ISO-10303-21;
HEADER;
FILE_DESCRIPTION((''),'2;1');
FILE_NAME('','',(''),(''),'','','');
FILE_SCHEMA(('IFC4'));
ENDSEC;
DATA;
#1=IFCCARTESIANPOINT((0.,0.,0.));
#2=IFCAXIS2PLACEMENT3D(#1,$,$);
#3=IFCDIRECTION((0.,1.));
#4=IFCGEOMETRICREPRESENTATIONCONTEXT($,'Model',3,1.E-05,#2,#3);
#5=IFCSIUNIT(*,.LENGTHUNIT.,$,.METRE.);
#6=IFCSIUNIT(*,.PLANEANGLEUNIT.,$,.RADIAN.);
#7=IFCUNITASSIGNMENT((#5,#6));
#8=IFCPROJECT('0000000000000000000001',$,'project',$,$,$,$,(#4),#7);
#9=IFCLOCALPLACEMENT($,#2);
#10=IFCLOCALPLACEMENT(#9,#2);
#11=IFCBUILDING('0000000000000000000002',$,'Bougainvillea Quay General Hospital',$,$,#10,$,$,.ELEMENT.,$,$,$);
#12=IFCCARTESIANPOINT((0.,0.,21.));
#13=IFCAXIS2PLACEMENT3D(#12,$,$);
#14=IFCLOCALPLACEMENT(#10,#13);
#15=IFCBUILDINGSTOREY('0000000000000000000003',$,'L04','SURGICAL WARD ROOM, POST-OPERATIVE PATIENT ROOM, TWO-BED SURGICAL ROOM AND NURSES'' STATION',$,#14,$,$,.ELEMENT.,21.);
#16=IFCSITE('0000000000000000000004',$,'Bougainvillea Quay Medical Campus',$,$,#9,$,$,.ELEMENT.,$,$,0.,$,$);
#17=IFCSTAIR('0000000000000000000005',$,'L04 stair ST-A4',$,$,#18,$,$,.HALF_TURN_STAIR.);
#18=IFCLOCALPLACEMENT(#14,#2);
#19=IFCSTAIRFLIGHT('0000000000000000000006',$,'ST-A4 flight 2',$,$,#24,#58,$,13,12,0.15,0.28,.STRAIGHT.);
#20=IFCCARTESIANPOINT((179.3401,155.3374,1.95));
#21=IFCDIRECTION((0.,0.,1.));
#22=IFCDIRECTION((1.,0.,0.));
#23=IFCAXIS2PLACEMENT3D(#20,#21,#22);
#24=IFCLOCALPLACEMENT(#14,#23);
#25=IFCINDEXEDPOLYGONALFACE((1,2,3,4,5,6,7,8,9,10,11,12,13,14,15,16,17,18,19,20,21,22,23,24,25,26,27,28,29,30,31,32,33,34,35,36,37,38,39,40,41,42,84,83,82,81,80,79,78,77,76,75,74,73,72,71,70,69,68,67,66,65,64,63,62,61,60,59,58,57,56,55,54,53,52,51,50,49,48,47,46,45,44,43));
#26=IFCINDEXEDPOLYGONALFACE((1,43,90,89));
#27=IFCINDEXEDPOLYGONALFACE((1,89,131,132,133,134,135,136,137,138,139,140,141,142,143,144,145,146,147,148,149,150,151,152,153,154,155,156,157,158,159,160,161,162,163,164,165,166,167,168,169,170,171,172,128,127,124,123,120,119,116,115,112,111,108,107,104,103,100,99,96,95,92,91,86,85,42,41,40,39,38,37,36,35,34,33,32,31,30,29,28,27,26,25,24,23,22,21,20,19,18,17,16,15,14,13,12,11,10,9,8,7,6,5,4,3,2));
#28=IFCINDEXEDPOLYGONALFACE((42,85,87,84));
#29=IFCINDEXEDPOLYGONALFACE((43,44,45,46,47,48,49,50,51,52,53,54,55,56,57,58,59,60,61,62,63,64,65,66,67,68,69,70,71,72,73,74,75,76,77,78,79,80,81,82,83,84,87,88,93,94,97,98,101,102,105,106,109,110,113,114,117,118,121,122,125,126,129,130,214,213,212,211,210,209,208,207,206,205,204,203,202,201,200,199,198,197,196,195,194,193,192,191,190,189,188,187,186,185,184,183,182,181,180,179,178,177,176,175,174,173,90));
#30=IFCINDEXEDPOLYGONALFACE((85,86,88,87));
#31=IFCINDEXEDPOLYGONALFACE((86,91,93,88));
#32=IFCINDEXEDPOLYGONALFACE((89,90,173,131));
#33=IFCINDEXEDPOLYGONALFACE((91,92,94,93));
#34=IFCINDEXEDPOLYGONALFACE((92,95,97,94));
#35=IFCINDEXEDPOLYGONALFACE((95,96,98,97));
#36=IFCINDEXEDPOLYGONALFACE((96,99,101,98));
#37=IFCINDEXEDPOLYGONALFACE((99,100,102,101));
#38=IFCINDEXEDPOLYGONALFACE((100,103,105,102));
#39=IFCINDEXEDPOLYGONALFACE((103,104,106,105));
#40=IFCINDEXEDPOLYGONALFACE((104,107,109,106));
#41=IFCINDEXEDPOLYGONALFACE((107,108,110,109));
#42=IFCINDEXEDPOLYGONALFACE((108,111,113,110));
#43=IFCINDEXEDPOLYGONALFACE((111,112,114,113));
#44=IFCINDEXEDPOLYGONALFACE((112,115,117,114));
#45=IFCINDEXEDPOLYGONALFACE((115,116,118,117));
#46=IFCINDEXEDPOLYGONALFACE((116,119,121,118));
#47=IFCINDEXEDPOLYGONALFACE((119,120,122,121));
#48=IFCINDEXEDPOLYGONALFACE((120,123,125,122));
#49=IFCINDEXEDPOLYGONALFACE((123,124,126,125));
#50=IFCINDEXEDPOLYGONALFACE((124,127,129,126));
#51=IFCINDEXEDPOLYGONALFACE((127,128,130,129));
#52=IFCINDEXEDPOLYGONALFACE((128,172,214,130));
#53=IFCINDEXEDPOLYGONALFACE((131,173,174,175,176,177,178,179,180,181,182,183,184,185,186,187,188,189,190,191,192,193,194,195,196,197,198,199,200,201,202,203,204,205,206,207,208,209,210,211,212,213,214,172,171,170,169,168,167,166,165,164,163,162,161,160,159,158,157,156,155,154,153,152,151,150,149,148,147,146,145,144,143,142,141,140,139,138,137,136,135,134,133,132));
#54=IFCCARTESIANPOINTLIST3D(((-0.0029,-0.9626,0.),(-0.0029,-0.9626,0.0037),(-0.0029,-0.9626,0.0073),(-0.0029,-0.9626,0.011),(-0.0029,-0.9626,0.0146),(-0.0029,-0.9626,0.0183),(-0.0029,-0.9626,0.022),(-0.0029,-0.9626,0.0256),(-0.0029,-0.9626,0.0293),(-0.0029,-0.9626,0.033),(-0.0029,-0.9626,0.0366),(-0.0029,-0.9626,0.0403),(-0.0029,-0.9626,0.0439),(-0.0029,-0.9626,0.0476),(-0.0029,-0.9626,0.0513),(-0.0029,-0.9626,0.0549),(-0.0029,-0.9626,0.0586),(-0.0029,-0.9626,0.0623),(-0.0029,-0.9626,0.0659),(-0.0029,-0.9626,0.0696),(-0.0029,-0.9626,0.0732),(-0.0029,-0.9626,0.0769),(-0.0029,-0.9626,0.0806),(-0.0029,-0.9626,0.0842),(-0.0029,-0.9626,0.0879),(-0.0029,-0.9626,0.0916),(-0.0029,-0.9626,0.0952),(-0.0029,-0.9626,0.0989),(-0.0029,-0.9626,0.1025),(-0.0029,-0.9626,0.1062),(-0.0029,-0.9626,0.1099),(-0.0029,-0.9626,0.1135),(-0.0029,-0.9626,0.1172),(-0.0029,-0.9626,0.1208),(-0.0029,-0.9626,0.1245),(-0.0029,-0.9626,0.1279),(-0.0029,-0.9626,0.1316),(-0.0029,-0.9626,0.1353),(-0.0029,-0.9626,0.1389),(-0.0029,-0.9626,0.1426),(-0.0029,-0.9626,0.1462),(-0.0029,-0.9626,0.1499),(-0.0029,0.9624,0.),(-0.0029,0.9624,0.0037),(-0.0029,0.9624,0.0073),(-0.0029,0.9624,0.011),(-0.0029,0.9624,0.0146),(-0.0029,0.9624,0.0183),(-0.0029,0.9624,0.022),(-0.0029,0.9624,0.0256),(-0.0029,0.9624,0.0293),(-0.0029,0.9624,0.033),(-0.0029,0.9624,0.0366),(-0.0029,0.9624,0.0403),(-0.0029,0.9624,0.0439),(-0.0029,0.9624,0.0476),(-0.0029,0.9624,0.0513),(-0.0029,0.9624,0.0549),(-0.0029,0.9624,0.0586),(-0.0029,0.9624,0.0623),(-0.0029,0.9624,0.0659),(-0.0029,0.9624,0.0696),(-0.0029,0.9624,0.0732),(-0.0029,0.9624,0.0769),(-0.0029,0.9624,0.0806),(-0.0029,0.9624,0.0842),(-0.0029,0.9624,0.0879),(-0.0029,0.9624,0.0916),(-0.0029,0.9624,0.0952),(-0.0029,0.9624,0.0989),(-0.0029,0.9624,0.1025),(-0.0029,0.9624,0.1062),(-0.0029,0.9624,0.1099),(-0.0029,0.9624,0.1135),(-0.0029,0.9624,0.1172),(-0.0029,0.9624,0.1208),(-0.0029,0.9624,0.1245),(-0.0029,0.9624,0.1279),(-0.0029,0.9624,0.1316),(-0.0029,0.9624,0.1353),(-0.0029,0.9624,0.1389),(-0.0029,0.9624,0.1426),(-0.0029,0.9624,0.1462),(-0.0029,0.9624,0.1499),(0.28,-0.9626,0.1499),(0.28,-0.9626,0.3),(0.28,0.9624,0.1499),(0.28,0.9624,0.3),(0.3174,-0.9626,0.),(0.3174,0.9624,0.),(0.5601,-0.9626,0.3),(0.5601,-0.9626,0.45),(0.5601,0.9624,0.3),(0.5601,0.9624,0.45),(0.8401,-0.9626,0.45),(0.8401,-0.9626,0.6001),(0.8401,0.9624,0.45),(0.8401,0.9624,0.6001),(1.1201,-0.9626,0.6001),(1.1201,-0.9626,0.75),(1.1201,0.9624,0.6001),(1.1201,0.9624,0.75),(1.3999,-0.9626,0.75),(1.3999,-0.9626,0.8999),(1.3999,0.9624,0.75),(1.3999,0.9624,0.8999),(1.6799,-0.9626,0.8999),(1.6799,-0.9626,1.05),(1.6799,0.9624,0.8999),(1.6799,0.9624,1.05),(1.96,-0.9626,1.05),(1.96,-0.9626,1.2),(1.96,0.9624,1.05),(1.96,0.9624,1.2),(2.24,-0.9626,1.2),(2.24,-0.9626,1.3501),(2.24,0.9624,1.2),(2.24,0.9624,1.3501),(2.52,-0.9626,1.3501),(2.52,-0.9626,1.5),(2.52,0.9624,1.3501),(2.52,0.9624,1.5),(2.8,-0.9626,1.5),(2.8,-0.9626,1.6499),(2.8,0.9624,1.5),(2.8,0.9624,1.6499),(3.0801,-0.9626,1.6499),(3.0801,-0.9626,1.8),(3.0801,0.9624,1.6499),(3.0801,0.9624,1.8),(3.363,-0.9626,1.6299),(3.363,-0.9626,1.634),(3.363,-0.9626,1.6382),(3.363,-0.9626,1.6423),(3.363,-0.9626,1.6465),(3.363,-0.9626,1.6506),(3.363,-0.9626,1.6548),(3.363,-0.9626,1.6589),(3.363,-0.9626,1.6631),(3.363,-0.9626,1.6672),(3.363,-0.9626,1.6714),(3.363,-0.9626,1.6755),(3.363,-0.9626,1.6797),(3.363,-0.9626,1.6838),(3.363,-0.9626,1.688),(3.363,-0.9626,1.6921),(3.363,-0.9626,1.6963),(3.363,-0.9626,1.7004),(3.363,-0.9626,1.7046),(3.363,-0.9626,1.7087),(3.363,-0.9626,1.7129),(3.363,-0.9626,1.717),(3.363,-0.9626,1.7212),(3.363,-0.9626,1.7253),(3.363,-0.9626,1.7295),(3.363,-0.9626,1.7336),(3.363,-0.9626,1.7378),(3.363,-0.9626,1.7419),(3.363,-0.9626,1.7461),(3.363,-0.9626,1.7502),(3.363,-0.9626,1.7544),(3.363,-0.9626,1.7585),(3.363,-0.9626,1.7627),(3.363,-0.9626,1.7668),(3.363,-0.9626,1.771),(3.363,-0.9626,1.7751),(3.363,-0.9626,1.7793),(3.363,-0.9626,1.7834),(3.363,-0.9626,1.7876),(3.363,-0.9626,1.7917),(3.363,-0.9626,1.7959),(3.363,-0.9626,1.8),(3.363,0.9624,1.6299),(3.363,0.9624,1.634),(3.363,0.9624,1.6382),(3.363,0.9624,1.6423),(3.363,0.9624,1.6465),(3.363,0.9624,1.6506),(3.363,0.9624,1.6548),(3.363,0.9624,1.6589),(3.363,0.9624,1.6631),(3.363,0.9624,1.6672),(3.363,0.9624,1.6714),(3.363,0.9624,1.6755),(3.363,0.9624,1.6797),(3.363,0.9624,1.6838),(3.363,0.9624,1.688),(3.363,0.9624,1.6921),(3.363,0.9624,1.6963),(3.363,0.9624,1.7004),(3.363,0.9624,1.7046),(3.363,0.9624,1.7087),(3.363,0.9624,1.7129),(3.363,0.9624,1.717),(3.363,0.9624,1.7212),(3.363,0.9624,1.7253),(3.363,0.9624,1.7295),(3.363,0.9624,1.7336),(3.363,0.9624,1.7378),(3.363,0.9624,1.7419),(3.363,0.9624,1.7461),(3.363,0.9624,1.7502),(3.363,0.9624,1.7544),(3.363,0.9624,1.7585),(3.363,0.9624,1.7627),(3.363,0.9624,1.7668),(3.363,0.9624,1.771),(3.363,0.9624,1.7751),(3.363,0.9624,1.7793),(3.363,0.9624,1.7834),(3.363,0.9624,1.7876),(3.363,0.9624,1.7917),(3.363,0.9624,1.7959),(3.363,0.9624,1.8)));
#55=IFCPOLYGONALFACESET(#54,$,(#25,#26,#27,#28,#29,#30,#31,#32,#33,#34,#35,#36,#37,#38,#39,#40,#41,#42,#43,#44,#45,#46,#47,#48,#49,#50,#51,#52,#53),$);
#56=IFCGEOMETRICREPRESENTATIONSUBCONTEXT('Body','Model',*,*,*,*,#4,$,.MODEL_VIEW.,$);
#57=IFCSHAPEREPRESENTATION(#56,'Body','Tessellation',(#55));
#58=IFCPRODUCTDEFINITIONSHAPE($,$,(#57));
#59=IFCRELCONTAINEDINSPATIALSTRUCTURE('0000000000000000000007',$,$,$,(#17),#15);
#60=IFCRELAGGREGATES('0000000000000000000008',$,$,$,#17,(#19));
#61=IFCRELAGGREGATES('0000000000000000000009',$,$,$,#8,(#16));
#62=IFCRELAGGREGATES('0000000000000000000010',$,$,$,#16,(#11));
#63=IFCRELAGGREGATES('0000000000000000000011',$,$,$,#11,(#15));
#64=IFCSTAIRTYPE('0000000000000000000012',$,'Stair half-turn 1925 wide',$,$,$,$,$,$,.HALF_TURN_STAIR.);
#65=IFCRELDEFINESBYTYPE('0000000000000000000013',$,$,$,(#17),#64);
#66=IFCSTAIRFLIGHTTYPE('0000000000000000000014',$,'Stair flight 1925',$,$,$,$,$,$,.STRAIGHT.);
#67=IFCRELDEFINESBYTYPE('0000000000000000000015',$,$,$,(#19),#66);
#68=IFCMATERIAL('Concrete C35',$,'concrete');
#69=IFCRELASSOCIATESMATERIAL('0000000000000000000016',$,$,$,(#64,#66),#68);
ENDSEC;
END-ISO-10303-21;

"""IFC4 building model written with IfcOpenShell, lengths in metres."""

from ifc_helpers import new_model, si_unit, direction, frame, origin, place, context, subcontext, project, spatial, polyline, outline, extrude, material, type_object, element, aggregate, save


model = new_model("IFC4")

# Units and contexts
model_context = context("Model", 3, precision=1e-05, world=origin(), true_north=direction((0.0, 1.0)))
body_context = subcontext(model_context, "Body", "Model", "MODEL_VIEW")
ifc_project = project(units=[si_unit("LENGTHUNIT", "METRE"), si_unit("PLANEANGLEUNIT", "RADIAN")], contexts=[model_context])

# Site, building, storey
site_placement = place(None, origin())
site = spatial("IfcSite", under=ifc_project, at=site_placement, Name="Bougainvillea Quay Medical Campus", CompositionType="ELEMENT", RefElevation=0.0)
building_placement = place(site_placement, origin())
building = spatial("IfcBuilding", under=site, at=building_placement, Name="Bougainvillea Quay General Hospital", CompositionType="ELEMENT")
storey_placement = place(building_placement, frame((0.0, 0.0, 21.0)))
storey = spatial("IfcBuildingStorey", under=building, at=storey_placement, Name="L04", Description="SURGICAL WARD ROOM, POST-OPERATIVE PATIENT ROOM, TWO-BED SURGICAL ROOM AND NURSES' STATION", CompositionType="ELEMENT", Elevation=21.0)

# Stair, stair flight
ifc_material_1 = material(Name="Concrete C35", Category="concrete")
stair_type = type_object("IfcStairType", Name="Stair half-turn 1925 wide", PredefinedType="HALF_TURN_STAIR", material=ifc_material_1)
stair_placement = place(storey_placement, origin())
stair = element("IfcStair", 1, at=stair_placement, inside=storey, type_object=stair_type, Name="L04 stair ST-A4", PredefinedType="HALF_TURN_STAIR")
stair_flight_type = type_object("IfcStairFlightType", Name="Stair flight 1925", PredefinedType="STRAIGHT", material=ifc_material_1)
stair_flight_placement = place(storey_placement, frame((179.3401, 155.3374, 1.95), z_axis=(0.0, 0.0, 1.0), x_axis=(1.0, 0.0, 0.0)))
stair_flight = element("IfcStairFlight", 2, at=stair_flight_placement, type_object=stair_flight_type, Name="ST-A4 flight 2", NumberOfRisers=13, NumberOfTreads=12, PredefinedType="STRAIGHT", RiserHeight=0.15, TreadLength=0.28, context=body_context, shape_type="SweptSolid", body=[
    extrude(outline(polyline([(-0.0029, 0.0), (-0.0029, 0.0037), (-0.0029, 0.0073), (-0.0029, 0.011), (-0.0029, 0.0146), (-0.0029, 0.0183), (-0.0029, 0.022), (-0.0029, 0.0256), (-0.0029, 0.0293), (-0.0029, 0.033), (-0.0029, 0.0366), (-0.0029, 0.0403), (-0.0029, 0.0439), (-0.0029, 0.0476), (-0.0029, 0.0513), (-0.0029, 0.0549), (-0.0029, 0.0586), (-0.0029, 0.0623), (-0.0029, 0.0659), (-0.0029, 0.0696), (-0.0029, 0.0732), (-0.0029, 0.0769), (-0.0029, 0.0806), (-0.0029, 0.0842), (-0.0029, 0.0879), (-0.0029, 0.0916), (-0.0029, 0.0952), (-0.0029, 0.0989), (-0.0029, 0.1025), (-0.0029, 0.1062), (-0.0029, 0.1099), (-0.0029, 0.1135), (-0.0029, 0.1172), (-0.0029, 0.1208), (-0.0029, 0.1245), (-0.0029, 0.1279), (-0.0029, 0.1316), (-0.0029, 0.1353), (-0.0029, 0.1389), (-0.0029, 0.1426), (-0.0029, 0.1462), (-0.0029, 0.1499), (0.28, 0.1499), (0.28, 0.3), (0.5601, 0.3), (0.5601, 0.45), (0.8401, 0.45), (0.8401, 0.6001), (1.1201, 0.6001), (1.1201, 0.75), (1.3999, 0.75), (1.3999, 0.8999), (1.6799, 0.8999), (1.6799, 1.05), (1.96, 1.05), (1.96, 1.2), (2.24, 1.2), (2.24, 1.3501), (2.52, 1.3501), (2.52, 1.5), (2.8, 1.5), (2.8, 1.6499), (3.0801, 1.6499), (3.0801, 1.8), (3.363, 1.8), (3.363, 1.7959), (3.363, 1.7917), (3.363, 1.7876), (3.363, 1.7834), (3.363, 1.7793), (3.363, 1.7751), (3.363, 1.771), (3.363, 1.7668), (3.363, 1.7627), (3.363, 1.7585), (3.363, 1.7544), (3.363, 1.7502), (3.363, 1.7461), (3.363, 1.7419), (3.363, 1.7378), (3.363, 1.7336), (3.363, 1.7295), (3.363, 1.7253), (3.363, 1.7212), (3.363, 1.717), (3.363, 1.7129), (3.363, 1.7087), (3.363, 1.7046), (3.363, 1.7004), (3.363, 1.6963), (3.363, 1.6921), (3.363, 1.688), (3.363, 1.6838), (3.363, 1.6797), (3.363, 1.6755), (3.363, 1.6714), (3.363, 1.6672), (3.363, 1.6631), (3.363, 1.6589), (3.363, 1.6548), (3.363, 1.6506), (3.363, 1.6465), (3.363, 1.6423), (3.363, 1.6382), (3.363, 1.634), (3.363, 1.6299), (0.3174, 0.0), (-0.0029, 0.0)])), frame((0.0, 0.9624, 0.0), z_axis=(0.0, -1.0, 0.0), x_axis=(1.0, 0.0, 0.0)), (0.0, 0.0, 1.0), 1.925),
])
aggregate(stair, [stair_flight])

save(model, "model.ifc")
